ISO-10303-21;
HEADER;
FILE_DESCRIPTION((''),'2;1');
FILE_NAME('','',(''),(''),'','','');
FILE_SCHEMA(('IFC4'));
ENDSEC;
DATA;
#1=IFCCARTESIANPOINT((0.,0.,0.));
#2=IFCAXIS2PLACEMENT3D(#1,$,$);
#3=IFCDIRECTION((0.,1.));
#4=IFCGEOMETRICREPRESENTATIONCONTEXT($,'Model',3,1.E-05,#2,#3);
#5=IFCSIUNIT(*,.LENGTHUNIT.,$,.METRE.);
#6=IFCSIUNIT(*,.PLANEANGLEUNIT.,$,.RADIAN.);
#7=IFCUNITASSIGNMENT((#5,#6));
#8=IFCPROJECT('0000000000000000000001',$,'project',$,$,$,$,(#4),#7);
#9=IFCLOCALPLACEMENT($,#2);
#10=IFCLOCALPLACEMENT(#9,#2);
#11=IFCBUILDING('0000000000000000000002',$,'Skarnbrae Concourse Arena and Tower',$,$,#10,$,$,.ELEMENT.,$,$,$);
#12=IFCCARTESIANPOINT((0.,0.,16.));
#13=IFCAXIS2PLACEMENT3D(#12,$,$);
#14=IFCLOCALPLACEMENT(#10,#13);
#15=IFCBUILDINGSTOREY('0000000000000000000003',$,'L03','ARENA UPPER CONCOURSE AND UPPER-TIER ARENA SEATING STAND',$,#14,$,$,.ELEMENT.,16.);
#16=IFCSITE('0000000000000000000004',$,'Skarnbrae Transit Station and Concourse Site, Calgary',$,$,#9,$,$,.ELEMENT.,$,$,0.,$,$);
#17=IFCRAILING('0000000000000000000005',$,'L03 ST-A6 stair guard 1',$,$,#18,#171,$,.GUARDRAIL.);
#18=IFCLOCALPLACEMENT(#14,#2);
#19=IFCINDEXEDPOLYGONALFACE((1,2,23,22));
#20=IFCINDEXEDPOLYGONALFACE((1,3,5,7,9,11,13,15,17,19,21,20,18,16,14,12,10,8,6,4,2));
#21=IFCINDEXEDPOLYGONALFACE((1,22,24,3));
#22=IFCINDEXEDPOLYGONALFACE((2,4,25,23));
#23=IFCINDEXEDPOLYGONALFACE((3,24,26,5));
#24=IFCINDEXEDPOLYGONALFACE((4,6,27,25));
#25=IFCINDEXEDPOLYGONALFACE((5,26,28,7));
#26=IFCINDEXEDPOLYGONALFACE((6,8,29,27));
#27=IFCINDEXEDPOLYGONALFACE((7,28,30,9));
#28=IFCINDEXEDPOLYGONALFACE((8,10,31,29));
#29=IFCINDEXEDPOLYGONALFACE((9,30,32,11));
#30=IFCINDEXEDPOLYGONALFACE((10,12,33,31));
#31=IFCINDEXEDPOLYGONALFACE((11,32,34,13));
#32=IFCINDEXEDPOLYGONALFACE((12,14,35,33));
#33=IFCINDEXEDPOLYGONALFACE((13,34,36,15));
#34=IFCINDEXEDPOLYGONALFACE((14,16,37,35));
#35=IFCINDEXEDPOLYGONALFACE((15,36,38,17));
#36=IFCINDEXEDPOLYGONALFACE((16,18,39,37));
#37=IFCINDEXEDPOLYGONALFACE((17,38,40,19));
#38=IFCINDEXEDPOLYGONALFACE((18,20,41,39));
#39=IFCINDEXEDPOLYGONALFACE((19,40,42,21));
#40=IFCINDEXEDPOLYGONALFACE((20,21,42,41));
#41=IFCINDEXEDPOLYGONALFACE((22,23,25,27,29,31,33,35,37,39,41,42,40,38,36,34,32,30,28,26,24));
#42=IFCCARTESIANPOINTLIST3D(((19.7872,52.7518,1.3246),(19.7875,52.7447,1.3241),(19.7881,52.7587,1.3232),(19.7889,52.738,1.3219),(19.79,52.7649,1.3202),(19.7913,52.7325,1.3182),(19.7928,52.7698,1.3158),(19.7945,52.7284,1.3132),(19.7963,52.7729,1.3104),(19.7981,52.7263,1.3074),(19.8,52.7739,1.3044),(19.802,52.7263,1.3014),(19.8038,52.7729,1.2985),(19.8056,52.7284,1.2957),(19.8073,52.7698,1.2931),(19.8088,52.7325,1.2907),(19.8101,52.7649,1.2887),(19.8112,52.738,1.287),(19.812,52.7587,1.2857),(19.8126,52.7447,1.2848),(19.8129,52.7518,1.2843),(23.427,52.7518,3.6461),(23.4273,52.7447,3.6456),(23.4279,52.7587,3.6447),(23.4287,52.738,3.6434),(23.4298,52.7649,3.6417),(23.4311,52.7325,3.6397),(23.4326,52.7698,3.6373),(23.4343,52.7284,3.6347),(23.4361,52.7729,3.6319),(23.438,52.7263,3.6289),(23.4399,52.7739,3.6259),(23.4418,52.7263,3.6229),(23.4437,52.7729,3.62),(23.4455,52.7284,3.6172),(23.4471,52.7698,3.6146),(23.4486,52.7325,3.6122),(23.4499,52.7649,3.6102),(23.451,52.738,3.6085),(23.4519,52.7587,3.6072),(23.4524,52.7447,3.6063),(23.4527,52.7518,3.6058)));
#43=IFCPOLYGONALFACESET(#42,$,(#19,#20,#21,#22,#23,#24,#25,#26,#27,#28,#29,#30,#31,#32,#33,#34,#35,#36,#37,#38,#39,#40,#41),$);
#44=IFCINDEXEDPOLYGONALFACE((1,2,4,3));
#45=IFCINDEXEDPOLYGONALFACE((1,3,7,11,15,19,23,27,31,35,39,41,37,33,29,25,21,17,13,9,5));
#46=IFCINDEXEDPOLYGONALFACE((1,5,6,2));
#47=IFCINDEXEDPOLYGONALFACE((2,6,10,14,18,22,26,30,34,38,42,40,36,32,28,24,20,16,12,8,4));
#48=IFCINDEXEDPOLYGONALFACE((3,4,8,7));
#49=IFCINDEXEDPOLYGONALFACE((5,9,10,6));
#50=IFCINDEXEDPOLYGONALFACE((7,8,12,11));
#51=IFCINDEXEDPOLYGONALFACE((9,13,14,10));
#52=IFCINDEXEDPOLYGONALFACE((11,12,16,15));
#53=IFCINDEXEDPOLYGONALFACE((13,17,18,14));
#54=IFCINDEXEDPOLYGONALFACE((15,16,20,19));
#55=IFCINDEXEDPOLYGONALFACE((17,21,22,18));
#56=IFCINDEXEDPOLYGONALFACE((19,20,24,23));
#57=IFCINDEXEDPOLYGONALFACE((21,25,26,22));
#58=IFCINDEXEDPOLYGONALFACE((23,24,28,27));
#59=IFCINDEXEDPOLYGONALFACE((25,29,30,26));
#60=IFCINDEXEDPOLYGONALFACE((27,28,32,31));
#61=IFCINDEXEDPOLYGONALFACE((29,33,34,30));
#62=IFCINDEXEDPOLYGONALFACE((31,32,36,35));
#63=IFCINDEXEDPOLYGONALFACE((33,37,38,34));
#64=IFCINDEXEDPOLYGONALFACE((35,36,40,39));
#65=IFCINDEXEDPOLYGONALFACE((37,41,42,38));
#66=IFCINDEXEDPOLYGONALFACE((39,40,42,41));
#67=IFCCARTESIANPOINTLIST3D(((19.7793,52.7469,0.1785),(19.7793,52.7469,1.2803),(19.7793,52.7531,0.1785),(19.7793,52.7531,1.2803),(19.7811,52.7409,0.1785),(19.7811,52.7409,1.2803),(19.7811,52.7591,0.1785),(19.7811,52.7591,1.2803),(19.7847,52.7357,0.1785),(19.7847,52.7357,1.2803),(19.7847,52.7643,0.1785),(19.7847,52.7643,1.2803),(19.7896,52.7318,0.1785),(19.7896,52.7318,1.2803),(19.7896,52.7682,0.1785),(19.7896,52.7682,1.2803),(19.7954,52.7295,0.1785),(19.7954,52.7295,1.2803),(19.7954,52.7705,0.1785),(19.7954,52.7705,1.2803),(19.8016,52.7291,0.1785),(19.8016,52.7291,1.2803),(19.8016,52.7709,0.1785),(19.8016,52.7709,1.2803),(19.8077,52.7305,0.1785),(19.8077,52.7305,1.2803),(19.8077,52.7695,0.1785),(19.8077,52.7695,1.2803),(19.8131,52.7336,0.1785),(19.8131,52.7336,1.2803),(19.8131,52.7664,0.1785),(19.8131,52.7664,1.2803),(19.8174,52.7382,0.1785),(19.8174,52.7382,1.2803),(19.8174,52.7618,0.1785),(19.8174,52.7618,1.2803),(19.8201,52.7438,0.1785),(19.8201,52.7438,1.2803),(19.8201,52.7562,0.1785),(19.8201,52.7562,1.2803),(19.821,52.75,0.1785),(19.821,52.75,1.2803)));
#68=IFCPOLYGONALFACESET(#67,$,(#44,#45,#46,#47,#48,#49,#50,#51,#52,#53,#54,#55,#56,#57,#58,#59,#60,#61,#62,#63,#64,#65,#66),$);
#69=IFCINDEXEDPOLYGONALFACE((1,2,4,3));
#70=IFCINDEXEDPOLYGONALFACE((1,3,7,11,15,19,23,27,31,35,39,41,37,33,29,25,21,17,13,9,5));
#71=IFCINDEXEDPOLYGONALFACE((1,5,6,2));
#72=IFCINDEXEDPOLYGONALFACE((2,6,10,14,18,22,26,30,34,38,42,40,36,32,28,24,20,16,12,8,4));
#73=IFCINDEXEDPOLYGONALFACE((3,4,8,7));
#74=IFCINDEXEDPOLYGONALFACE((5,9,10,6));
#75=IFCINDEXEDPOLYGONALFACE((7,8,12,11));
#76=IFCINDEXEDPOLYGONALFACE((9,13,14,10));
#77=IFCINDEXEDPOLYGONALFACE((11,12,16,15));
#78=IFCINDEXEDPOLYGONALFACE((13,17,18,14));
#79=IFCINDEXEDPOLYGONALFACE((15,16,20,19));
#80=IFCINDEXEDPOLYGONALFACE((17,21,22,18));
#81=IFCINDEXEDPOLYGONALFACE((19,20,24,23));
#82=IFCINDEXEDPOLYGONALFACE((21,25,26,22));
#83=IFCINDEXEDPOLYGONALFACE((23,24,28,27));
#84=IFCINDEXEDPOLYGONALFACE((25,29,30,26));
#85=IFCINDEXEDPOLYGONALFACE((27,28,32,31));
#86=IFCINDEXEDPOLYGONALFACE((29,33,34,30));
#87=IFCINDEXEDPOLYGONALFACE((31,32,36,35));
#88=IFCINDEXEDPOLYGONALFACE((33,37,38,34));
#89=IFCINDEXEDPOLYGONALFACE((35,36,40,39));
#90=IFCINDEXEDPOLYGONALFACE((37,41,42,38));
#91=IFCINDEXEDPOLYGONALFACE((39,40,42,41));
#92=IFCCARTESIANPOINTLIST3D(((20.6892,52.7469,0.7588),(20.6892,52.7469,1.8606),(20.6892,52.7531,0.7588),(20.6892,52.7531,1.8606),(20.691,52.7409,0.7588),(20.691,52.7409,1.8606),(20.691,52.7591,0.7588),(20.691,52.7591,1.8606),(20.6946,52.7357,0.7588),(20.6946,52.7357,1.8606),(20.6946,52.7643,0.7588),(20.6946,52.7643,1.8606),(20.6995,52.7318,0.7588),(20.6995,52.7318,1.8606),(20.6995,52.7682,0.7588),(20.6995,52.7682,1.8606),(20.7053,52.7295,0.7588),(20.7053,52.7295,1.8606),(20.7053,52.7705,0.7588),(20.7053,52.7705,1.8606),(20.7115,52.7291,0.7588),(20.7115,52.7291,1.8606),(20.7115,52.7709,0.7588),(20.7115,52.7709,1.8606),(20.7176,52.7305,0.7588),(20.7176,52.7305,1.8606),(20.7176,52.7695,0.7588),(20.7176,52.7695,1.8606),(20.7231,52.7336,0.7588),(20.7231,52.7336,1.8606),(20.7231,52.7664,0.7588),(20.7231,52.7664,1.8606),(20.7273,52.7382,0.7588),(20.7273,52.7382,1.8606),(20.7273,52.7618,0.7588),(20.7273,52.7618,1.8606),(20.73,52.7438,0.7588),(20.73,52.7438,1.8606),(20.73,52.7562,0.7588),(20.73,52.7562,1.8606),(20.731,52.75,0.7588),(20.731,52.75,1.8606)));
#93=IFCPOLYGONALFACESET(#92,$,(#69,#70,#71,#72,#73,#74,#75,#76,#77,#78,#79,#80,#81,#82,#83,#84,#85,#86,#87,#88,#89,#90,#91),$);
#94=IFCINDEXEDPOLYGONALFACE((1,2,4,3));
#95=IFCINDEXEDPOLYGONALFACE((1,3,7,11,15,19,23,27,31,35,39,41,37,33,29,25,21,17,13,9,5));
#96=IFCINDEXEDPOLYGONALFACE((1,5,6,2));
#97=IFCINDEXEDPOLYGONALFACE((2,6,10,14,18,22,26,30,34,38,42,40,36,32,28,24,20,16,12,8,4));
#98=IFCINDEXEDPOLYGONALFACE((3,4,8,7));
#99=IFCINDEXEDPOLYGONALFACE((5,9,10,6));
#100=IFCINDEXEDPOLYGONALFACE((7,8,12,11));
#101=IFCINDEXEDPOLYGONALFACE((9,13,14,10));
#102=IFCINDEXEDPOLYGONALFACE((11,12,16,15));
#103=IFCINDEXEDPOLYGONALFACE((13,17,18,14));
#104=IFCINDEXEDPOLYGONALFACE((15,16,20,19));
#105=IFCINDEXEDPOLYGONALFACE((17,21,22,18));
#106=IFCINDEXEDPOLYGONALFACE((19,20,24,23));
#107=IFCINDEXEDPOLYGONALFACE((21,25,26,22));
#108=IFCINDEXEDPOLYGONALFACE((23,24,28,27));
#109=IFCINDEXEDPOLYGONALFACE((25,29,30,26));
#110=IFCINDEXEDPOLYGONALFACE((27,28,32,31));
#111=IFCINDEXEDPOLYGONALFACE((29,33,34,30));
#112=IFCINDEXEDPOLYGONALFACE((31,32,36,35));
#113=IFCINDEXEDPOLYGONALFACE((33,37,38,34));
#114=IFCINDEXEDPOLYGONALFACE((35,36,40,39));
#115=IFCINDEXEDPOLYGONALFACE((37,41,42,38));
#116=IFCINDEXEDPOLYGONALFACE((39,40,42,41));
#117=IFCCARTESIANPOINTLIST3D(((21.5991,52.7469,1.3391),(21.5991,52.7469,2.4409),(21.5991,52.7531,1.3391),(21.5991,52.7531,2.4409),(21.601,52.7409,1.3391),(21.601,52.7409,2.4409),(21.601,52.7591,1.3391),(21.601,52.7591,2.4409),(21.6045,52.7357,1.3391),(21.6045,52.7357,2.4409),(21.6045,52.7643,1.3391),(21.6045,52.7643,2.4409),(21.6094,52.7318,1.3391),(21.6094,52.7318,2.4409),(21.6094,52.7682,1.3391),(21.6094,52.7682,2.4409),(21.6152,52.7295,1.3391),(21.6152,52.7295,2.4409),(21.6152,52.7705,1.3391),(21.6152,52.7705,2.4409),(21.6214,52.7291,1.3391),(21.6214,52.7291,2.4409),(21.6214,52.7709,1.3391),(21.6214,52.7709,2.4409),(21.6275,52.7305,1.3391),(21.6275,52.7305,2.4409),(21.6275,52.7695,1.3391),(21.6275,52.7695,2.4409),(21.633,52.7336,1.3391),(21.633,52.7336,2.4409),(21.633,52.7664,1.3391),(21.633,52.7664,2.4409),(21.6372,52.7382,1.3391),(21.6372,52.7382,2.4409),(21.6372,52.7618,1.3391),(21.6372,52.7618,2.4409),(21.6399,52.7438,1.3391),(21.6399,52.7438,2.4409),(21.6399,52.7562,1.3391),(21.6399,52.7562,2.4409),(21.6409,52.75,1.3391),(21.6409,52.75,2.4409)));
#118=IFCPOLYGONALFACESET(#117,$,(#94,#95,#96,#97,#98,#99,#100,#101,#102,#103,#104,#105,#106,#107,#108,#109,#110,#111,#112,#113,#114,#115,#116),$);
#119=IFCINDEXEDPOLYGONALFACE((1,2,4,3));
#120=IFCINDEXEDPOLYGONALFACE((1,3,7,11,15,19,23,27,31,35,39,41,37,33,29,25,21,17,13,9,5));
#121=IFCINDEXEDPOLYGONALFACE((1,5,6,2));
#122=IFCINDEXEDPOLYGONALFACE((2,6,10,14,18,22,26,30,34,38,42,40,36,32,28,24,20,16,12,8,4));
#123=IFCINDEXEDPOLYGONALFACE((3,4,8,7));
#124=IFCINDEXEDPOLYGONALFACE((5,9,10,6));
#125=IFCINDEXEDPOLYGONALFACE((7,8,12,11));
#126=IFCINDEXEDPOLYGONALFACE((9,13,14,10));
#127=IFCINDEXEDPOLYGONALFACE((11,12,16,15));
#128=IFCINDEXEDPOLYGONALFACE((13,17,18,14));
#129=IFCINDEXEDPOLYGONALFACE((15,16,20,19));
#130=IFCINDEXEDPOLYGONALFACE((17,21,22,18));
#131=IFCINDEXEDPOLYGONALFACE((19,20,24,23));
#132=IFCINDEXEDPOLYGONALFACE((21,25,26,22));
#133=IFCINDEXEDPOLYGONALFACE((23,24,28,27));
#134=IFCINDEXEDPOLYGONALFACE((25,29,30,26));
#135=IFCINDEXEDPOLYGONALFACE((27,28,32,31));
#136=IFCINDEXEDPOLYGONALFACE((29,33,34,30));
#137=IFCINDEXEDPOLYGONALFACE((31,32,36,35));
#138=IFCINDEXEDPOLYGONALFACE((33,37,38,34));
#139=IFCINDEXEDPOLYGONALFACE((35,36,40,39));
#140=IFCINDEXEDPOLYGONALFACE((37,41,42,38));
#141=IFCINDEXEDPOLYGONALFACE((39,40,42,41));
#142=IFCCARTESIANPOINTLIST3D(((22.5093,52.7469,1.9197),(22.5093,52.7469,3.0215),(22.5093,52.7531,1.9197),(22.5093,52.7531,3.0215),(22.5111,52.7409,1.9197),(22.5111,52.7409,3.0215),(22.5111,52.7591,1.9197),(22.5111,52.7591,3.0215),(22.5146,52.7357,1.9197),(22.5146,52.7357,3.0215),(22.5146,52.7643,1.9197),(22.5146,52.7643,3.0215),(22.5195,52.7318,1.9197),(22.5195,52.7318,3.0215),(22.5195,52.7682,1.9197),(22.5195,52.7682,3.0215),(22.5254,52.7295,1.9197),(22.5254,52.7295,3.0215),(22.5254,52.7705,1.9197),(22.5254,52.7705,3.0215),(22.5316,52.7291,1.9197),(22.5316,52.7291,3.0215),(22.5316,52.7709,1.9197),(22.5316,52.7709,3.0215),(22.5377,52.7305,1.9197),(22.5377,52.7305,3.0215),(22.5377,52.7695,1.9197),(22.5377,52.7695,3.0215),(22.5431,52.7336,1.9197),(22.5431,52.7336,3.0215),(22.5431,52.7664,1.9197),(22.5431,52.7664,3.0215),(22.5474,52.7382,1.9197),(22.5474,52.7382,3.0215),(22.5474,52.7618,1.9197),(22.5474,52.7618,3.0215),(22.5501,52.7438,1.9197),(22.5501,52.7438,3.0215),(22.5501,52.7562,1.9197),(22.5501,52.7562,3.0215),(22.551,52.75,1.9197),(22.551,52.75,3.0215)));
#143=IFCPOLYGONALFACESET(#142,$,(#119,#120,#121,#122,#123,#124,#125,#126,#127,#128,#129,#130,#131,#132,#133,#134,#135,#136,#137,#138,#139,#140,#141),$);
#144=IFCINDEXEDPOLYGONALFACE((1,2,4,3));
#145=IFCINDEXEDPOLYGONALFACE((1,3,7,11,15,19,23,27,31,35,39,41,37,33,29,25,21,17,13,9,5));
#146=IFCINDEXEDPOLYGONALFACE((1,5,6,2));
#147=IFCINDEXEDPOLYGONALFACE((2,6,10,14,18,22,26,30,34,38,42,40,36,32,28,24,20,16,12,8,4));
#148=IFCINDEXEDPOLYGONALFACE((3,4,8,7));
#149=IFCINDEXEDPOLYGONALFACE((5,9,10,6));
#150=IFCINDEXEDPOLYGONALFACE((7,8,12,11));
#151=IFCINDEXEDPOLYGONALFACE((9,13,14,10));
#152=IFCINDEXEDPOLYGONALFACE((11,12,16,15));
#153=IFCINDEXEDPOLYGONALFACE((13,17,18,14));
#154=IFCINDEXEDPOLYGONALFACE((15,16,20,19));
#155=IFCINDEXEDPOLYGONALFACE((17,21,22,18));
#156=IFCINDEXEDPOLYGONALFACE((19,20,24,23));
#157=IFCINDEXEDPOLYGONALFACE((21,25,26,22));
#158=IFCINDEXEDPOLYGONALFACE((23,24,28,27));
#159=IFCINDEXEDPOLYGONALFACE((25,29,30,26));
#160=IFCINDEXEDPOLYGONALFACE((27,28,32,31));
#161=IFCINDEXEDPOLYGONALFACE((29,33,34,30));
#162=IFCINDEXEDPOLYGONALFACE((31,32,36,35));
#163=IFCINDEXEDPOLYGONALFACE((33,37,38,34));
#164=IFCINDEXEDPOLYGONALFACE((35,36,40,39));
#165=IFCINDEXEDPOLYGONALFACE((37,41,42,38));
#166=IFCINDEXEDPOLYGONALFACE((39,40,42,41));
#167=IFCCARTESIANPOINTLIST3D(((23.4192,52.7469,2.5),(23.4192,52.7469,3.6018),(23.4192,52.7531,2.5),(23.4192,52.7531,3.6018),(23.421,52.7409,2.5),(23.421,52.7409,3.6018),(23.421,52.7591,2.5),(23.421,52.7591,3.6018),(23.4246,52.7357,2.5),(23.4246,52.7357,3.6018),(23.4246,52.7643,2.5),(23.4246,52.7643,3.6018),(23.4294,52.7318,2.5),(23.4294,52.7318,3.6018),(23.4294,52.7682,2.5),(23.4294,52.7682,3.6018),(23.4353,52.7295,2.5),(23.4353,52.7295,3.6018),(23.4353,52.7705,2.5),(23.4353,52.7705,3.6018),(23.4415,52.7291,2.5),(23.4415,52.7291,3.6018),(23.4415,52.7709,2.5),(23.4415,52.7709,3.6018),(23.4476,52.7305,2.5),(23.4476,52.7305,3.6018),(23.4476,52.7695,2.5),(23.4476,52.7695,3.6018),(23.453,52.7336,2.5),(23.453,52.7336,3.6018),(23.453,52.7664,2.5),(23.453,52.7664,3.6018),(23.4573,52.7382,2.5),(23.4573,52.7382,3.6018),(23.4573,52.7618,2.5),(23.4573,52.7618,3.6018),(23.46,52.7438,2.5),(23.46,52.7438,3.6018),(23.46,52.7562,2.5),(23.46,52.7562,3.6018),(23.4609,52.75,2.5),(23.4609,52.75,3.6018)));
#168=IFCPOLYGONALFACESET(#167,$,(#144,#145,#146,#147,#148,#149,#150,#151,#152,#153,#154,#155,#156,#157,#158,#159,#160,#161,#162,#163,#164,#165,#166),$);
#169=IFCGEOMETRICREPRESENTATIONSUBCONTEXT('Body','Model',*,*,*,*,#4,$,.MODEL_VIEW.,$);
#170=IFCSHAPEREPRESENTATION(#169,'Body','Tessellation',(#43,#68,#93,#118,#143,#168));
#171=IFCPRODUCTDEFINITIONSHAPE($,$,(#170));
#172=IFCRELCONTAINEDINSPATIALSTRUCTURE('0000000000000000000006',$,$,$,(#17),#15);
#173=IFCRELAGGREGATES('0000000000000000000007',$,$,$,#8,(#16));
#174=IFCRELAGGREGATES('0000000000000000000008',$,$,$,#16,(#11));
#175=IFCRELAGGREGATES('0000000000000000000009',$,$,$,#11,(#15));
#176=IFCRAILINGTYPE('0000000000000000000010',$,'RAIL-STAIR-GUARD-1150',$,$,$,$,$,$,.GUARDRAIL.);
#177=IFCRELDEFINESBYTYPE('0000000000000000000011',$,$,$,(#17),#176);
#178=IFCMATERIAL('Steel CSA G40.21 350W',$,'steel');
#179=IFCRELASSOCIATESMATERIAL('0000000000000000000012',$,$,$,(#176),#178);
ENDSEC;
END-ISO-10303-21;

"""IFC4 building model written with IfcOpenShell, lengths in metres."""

from ifc_helpers import new_model, si_unit, direction, frame, origin, origin_2d, place, context, subcontext, project, spatial, circle, extrude, material, type_object, element, save


model = new_model("IFC4")

# Units and contexts
model_context = context("Model", 3, precision=1e-05, world=origin(), true_north=direction((0.0, 1.0)))
body_context = subcontext(model_context, "Body", "Model", "MODEL_VIEW")
ifc_project = project(units=[si_unit("LENGTHUNIT", "METRE"), si_unit("PLANEANGLEUNIT", "RADIAN")], contexts=[model_context])

# Site, building, storey
site_placement = place(None, origin())
site = spatial("IfcSite", under=ifc_project, at=site_placement, Name="Skarnbrae Transit Station and Concourse Site, Calgary", CompositionType="ELEMENT", RefElevation=0.0)
building_placement = place(site_placement, origin())
building = spatial("IfcBuilding", under=site, at=building_placement, Name="Skarnbrae Concourse Arena and Tower", CompositionType="ELEMENT")
storey_placement = place(building_placement, frame((0.0, 0.0, 16.0)))
storey = spatial("IfcBuildingStorey", under=building, at=storey_placement, Name="L03", Description="ARENA UPPER CONCOURSE AND UPPER-TIER ARENA SEATING STAND", CompositionType="ELEMENT", Elevation=16.0)

# Shared definitions
ifc_material_1 = material(Name="Steel CSA G40.21 350W", Category="steel")

# Railing
railing_type_1 = type_object("IfcRailingType", Name="RAIL-STAIR-GUARD-1150", PredefinedType="GUARDRAIL", material=ifc_material_1)
railing_1_placement = place(storey_placement, frame((19.8, 52.75, 0.1785)))
element("IfcRailing", 1, at=railing_1_placement, inside=storey, type_object=railing_type_1, Name="L03 ST-A6 stair guard 1", PredefinedType="GUARDRAIL", context=body_context, shape_type="SweptSolid", body=[
    extrude(circle(Radius=0.0239, at=origin_2d()), frame((0.0, 0.0, 1.126), z_axis=(0.843112, 0.0, 0.537739), x_axis=(0.0, 1.0, 0.0)), (0.0, 0.0, 1.0), 4.3171),
    extrude(circle(Radius=0.021, at=origin_2d()), origin(), (0.0, 0.0, 1.0), 1.1018),
    extrude(circle(Radius=0.021, at=origin_2d()), frame((0.9099, 0.0, 0.5803)), (0.0, 0.0, 1.0), 1.1018),
    extrude(circle(Radius=0.021, at=origin_2d()), frame((1.8198, 0.0, 1.1606)), (0.0, 0.0, 1.0), 1.1018),
    extrude(circle(Radius=0.021, at=origin_2d()), frame((2.73, 0.0, 1.7412)), (0.0, 0.0, 1.0), 1.1018),
    extrude(circle(Radius=0.021, at=origin_2d()), frame((3.6399, 0.0, 2.3215)), (0.0, 0.0, 1.0), 1.1018),
])

save(model, "model.ifc")
